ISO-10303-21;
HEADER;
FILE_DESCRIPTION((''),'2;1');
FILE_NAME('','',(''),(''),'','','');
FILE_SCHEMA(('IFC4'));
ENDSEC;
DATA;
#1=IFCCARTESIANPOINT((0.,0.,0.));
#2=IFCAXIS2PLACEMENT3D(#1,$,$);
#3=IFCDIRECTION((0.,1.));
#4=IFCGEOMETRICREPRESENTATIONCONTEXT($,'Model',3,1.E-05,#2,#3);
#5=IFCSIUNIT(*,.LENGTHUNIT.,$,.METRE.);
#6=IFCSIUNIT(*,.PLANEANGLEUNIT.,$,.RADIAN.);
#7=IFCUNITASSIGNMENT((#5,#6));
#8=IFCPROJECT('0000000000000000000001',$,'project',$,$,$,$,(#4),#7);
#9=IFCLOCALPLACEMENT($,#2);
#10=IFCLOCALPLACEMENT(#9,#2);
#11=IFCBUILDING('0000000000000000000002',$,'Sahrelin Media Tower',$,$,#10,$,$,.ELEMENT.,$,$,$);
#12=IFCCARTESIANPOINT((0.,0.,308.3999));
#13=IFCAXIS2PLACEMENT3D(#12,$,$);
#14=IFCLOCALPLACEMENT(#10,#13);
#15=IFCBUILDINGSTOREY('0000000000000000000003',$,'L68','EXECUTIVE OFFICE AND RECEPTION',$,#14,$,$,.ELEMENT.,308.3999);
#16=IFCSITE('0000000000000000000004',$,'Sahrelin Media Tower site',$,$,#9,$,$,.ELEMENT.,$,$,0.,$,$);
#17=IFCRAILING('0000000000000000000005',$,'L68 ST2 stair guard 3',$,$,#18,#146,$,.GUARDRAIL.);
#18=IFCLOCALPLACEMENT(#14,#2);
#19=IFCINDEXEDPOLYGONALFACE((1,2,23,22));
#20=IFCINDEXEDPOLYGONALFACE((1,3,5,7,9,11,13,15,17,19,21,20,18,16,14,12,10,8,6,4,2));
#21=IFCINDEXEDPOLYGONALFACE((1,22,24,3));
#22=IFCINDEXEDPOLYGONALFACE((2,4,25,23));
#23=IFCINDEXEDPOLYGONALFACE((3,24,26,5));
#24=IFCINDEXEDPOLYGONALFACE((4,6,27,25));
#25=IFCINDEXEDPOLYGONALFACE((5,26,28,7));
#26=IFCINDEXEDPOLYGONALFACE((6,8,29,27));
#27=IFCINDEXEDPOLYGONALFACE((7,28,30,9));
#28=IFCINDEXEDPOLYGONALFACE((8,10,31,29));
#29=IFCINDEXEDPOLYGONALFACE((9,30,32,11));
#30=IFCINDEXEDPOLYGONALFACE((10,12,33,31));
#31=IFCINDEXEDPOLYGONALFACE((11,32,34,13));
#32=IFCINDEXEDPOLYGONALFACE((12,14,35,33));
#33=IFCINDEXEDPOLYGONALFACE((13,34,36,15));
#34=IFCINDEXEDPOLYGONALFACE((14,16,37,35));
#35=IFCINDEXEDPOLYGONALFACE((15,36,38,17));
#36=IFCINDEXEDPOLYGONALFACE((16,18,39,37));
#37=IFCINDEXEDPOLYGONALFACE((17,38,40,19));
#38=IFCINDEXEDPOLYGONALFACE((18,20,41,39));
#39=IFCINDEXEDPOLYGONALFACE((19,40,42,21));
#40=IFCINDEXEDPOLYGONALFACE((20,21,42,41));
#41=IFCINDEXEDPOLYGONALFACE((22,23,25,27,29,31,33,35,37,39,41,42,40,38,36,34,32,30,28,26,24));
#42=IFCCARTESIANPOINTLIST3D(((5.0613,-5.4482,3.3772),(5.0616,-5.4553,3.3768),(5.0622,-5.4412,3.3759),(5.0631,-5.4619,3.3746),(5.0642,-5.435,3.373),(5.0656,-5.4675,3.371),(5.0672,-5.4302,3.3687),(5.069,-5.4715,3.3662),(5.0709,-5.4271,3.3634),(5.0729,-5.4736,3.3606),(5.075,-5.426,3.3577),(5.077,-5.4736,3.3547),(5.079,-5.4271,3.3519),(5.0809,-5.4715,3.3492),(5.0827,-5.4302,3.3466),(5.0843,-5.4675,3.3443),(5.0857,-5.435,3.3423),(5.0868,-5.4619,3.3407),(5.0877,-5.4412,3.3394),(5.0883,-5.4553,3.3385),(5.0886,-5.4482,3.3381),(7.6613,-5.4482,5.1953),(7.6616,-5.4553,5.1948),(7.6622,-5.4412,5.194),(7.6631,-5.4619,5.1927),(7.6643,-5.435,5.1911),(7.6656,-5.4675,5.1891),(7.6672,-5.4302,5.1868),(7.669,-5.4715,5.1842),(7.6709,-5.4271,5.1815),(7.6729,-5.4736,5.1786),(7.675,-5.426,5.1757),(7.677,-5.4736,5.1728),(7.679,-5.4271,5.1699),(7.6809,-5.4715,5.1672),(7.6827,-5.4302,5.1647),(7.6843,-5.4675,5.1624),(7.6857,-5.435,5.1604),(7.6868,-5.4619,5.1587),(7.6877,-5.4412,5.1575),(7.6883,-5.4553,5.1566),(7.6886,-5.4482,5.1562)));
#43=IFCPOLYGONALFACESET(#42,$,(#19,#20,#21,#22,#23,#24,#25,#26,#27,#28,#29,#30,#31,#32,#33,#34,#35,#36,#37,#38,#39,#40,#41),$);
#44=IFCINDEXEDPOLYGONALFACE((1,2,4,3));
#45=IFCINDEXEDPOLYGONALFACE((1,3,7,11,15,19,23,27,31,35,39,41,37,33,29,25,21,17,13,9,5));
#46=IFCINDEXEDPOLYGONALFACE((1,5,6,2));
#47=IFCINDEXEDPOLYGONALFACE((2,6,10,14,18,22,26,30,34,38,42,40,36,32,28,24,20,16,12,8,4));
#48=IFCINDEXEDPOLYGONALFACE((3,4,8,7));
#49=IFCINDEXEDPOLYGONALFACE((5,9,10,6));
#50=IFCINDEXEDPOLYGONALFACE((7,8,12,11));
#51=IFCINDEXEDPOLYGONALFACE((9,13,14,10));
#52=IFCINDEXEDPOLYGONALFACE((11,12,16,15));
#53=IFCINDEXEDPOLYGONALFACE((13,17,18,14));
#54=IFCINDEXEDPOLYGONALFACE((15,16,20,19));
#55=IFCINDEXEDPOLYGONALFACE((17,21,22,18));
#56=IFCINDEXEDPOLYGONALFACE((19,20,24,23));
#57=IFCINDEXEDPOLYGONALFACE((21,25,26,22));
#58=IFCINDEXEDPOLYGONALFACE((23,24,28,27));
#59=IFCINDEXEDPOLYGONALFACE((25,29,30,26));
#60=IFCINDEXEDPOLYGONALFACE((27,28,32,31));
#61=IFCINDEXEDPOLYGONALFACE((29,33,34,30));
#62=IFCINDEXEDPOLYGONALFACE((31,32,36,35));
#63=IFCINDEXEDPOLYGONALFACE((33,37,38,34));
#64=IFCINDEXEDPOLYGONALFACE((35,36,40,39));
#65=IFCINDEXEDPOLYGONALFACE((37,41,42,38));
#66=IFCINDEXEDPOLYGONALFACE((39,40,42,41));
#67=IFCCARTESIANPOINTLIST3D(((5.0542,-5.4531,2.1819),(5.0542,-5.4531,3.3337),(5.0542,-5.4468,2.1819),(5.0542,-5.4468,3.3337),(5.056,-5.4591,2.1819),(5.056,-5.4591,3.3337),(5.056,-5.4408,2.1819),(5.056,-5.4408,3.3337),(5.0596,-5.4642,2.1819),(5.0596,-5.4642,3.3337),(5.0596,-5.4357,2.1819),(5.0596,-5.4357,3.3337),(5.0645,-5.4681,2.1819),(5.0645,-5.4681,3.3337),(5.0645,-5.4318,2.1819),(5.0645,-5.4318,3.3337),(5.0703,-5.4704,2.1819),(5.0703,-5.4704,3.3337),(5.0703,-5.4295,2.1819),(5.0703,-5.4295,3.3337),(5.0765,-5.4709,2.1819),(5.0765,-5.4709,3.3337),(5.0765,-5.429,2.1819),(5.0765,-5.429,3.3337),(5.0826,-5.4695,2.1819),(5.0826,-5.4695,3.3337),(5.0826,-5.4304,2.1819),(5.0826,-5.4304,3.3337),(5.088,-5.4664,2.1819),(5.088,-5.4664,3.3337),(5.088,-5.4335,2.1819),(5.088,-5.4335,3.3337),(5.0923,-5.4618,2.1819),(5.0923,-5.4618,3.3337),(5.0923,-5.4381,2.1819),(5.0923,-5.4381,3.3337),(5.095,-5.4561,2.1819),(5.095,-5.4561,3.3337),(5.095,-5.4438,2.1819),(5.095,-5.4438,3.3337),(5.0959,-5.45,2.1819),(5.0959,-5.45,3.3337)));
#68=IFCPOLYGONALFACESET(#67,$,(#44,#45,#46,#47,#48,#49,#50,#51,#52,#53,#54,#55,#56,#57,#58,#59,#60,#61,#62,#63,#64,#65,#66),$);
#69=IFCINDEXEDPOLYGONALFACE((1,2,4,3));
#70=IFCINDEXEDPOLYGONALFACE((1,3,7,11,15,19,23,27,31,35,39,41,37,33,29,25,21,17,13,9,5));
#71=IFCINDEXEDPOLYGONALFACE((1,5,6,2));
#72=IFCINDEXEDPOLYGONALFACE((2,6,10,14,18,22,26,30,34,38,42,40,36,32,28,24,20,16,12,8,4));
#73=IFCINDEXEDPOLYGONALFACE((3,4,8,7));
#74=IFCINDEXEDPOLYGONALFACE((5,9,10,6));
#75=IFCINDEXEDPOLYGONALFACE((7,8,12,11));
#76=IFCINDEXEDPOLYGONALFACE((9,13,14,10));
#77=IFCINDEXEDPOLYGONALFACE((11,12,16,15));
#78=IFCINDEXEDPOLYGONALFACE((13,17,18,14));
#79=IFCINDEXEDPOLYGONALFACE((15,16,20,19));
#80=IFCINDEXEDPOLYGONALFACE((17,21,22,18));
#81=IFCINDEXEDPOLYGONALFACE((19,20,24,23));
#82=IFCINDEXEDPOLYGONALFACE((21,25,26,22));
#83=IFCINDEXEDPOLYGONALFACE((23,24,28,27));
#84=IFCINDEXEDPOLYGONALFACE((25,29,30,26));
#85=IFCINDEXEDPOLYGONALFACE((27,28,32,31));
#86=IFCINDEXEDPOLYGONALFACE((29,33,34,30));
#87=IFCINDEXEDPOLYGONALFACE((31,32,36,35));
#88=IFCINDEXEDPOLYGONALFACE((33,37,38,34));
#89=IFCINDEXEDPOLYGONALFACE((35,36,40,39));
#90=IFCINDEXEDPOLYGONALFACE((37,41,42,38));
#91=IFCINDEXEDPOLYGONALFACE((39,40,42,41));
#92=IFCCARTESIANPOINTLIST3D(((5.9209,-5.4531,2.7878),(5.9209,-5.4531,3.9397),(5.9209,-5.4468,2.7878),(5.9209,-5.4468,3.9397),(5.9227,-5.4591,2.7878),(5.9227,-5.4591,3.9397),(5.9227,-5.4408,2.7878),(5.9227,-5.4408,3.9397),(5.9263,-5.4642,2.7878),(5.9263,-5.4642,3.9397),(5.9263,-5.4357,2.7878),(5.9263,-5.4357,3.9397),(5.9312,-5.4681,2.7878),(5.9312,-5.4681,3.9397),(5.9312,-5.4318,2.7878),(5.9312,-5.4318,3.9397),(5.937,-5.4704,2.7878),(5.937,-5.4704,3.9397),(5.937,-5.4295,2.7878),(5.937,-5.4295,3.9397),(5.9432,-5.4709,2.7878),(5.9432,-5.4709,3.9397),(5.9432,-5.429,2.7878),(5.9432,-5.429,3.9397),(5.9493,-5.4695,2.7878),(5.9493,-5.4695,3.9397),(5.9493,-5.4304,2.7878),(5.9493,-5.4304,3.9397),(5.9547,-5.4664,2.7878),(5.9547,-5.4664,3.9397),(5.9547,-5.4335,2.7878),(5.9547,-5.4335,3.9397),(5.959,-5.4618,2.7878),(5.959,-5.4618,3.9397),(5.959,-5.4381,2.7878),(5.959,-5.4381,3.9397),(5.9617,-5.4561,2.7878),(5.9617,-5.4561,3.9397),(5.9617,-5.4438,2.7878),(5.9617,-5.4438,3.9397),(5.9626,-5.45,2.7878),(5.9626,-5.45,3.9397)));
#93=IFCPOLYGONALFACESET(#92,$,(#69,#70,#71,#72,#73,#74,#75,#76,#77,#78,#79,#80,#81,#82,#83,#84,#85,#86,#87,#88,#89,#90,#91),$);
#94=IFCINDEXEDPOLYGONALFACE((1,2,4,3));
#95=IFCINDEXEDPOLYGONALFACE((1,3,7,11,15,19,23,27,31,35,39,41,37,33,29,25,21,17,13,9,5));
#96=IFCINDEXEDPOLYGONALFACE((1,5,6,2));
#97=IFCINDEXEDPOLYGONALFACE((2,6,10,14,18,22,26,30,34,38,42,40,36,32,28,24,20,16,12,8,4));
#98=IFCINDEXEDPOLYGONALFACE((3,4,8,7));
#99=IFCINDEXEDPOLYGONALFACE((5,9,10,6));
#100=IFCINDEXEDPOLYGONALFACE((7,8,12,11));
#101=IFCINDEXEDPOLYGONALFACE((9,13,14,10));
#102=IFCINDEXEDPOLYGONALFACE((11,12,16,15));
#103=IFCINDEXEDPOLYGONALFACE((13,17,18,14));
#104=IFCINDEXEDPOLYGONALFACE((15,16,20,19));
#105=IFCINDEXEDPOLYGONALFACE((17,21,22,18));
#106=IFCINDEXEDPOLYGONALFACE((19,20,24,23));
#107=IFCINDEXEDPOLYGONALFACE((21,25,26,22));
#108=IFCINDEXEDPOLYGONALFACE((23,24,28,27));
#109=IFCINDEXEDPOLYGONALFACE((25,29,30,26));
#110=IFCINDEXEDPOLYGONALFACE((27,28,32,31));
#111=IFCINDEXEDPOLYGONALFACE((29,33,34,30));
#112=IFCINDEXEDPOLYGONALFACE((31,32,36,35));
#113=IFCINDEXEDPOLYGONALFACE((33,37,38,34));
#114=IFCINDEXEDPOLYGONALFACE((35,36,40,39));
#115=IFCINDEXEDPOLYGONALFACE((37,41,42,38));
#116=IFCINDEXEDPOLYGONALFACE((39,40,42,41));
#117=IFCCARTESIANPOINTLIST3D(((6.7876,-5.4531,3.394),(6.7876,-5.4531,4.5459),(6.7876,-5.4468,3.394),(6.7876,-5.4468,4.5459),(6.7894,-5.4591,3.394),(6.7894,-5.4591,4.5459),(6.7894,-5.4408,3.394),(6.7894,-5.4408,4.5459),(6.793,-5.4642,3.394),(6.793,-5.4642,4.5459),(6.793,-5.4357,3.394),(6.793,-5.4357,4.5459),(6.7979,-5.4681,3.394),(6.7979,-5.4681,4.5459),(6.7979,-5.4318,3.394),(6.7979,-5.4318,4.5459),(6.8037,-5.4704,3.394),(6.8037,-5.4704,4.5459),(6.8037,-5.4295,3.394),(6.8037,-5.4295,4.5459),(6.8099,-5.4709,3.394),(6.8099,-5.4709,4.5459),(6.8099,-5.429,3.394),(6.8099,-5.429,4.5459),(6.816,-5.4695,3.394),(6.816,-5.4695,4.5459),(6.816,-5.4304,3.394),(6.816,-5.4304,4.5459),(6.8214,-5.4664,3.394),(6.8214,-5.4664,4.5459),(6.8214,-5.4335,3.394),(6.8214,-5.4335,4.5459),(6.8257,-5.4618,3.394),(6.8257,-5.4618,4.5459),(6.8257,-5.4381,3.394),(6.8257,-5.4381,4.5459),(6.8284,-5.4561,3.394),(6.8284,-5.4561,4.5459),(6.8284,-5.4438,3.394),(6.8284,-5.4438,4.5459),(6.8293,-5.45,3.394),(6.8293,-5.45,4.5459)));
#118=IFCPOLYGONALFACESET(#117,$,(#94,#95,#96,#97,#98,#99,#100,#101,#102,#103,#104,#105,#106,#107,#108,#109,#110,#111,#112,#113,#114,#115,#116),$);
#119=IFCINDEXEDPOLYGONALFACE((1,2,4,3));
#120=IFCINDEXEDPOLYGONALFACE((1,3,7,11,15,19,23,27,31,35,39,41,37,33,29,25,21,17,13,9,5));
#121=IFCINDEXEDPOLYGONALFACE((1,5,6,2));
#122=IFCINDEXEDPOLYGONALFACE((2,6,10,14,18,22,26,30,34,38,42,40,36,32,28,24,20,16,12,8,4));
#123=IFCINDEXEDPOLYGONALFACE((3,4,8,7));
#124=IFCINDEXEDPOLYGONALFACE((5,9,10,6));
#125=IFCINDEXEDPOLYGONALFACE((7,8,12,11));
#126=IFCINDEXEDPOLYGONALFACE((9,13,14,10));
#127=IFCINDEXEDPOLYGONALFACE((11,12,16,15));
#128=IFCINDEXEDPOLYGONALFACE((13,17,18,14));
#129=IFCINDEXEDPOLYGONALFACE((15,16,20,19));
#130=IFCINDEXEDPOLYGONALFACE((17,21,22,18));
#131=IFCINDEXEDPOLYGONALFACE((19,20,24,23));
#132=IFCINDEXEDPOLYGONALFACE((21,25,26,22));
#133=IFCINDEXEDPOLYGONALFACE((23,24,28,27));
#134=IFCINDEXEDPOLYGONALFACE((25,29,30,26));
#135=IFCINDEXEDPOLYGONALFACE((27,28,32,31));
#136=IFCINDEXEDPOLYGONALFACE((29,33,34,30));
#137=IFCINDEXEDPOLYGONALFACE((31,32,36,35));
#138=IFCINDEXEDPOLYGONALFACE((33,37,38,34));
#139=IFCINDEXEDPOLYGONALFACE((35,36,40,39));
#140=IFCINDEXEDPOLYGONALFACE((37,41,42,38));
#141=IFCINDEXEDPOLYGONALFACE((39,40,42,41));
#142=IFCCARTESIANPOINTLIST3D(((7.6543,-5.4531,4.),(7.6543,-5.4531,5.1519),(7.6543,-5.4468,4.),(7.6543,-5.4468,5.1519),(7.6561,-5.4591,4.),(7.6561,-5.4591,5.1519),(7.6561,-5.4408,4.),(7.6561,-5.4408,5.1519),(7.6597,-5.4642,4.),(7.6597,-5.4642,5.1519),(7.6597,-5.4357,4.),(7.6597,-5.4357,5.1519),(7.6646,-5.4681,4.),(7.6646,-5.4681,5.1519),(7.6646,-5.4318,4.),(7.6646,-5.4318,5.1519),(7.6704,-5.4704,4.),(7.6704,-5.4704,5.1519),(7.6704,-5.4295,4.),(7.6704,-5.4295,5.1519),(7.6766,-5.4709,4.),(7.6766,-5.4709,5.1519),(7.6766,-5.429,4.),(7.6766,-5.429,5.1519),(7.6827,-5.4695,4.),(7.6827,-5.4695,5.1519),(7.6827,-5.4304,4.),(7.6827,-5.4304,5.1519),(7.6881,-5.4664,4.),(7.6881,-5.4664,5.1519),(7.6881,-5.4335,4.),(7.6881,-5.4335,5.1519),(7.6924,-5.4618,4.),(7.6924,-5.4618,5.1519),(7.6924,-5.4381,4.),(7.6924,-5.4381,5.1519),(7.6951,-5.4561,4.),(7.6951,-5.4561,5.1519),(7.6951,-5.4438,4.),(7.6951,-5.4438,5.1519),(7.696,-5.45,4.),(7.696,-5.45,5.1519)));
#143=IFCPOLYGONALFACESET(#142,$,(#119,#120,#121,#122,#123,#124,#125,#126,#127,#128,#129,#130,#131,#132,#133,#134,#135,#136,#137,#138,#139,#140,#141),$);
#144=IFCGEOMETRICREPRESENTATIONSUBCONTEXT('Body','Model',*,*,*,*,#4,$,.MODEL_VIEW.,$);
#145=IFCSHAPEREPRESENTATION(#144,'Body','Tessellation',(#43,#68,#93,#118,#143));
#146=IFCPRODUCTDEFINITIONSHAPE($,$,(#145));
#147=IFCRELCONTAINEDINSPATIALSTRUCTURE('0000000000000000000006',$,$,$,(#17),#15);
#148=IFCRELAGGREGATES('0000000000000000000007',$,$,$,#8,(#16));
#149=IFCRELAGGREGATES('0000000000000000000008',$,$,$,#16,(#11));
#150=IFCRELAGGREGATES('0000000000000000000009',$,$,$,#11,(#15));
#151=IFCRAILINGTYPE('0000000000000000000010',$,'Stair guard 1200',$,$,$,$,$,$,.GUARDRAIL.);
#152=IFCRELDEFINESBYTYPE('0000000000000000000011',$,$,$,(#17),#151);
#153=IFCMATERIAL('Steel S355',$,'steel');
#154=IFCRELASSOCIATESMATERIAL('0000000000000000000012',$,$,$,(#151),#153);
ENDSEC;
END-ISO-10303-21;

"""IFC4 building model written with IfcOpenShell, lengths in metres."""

from ifc_helpers import new_model, si_unit, direction, frame, origin, origin_2d, place, context, subcontext, project, spatial, circle, extrude, material, type_object, element, save


model = new_model("IFC4")

# Units and contexts
model_context = context("Model", 3, precision=1e-05, world=origin(), true_north=direction((0.0, 1.0)))
body_context = subcontext(model_context, "Body", "Model", "MODEL_VIEW")
ifc_project = project(units=[si_unit("LENGTHUNIT", "METRE"), si_unit("PLANEANGLEUNIT", "RADIAN")], contexts=[model_context])

# Site, building, storey
site_placement = place(None, origin())
site = spatial("IfcSite", under=ifc_project, at=site_placement, Name="Sahrelin Media Tower site", CompositionType="ELEMENT", RefElevation=0.0)
building_placement = place(site_placement, origin())
building = spatial("IfcBuilding", under=site, at=building_placement, Name="Sahrelin Media Tower", CompositionType="ELEMENT")
storey_placement = place(building_placement, frame((0.0, 0.0, 308.3999)))
storey = spatial("IfcBuildingStorey", under=building, at=storey_placement, Name="L68", Description="EXECUTIVE OFFICE AND RECEPTION", CompositionType="ELEMENT", Elevation=308.3999)

# Railing
ifc_material_1 = material(Name="Steel S355", Category="steel")
railing_type_1 = type_object("IfcRailingType", Name="Stair guard 1200", PredefinedType="GUARDRAIL", material=ifc_material_1)
railing_1_placement = place(storey_placement, frame((5.075, -5.45, 2.1819)))
element("IfcRailing", 1, at=railing_1_placement, inside=storey, type_object=railing_type_1, Name="L68 ST2 stair guard 3", PredefinedType="GUARDRAIL", context=body_context, shape_type="SweptSolid", body=[
    extrude(circle(Radius=0.0239, at=origin_2d()), frame((0.0, 0.0, 1.1758), z_axis=(0.819521, 0.0, 0.573049), x_axis=(0.0, 1.0, 0.0)), (0.0, 0.0, 1.0), 3.1726),
    extrude(circle(Radius=0.021, at=origin_2d()), origin(), (0.0, 0.0, 1.0), 1.1519),
    extrude(circle(Radius=0.021, at=origin_2d()), frame((0.8667, 0.0, 0.606)), (0.0, 0.0, 1.0), 1.1519),
    extrude(circle(Radius=0.021, at=origin_2d()), frame((1.7334, 0.0, 1.2122)), (0.0, 0.0, 1.0), 1.1519),
    extrude(circle(Radius=0.021, at=origin_2d()), frame((2.6001, 0.0, 1.8181)), (0.0, 0.0, 1.0), 1.1519),
])

save(model, "model.ifc")
